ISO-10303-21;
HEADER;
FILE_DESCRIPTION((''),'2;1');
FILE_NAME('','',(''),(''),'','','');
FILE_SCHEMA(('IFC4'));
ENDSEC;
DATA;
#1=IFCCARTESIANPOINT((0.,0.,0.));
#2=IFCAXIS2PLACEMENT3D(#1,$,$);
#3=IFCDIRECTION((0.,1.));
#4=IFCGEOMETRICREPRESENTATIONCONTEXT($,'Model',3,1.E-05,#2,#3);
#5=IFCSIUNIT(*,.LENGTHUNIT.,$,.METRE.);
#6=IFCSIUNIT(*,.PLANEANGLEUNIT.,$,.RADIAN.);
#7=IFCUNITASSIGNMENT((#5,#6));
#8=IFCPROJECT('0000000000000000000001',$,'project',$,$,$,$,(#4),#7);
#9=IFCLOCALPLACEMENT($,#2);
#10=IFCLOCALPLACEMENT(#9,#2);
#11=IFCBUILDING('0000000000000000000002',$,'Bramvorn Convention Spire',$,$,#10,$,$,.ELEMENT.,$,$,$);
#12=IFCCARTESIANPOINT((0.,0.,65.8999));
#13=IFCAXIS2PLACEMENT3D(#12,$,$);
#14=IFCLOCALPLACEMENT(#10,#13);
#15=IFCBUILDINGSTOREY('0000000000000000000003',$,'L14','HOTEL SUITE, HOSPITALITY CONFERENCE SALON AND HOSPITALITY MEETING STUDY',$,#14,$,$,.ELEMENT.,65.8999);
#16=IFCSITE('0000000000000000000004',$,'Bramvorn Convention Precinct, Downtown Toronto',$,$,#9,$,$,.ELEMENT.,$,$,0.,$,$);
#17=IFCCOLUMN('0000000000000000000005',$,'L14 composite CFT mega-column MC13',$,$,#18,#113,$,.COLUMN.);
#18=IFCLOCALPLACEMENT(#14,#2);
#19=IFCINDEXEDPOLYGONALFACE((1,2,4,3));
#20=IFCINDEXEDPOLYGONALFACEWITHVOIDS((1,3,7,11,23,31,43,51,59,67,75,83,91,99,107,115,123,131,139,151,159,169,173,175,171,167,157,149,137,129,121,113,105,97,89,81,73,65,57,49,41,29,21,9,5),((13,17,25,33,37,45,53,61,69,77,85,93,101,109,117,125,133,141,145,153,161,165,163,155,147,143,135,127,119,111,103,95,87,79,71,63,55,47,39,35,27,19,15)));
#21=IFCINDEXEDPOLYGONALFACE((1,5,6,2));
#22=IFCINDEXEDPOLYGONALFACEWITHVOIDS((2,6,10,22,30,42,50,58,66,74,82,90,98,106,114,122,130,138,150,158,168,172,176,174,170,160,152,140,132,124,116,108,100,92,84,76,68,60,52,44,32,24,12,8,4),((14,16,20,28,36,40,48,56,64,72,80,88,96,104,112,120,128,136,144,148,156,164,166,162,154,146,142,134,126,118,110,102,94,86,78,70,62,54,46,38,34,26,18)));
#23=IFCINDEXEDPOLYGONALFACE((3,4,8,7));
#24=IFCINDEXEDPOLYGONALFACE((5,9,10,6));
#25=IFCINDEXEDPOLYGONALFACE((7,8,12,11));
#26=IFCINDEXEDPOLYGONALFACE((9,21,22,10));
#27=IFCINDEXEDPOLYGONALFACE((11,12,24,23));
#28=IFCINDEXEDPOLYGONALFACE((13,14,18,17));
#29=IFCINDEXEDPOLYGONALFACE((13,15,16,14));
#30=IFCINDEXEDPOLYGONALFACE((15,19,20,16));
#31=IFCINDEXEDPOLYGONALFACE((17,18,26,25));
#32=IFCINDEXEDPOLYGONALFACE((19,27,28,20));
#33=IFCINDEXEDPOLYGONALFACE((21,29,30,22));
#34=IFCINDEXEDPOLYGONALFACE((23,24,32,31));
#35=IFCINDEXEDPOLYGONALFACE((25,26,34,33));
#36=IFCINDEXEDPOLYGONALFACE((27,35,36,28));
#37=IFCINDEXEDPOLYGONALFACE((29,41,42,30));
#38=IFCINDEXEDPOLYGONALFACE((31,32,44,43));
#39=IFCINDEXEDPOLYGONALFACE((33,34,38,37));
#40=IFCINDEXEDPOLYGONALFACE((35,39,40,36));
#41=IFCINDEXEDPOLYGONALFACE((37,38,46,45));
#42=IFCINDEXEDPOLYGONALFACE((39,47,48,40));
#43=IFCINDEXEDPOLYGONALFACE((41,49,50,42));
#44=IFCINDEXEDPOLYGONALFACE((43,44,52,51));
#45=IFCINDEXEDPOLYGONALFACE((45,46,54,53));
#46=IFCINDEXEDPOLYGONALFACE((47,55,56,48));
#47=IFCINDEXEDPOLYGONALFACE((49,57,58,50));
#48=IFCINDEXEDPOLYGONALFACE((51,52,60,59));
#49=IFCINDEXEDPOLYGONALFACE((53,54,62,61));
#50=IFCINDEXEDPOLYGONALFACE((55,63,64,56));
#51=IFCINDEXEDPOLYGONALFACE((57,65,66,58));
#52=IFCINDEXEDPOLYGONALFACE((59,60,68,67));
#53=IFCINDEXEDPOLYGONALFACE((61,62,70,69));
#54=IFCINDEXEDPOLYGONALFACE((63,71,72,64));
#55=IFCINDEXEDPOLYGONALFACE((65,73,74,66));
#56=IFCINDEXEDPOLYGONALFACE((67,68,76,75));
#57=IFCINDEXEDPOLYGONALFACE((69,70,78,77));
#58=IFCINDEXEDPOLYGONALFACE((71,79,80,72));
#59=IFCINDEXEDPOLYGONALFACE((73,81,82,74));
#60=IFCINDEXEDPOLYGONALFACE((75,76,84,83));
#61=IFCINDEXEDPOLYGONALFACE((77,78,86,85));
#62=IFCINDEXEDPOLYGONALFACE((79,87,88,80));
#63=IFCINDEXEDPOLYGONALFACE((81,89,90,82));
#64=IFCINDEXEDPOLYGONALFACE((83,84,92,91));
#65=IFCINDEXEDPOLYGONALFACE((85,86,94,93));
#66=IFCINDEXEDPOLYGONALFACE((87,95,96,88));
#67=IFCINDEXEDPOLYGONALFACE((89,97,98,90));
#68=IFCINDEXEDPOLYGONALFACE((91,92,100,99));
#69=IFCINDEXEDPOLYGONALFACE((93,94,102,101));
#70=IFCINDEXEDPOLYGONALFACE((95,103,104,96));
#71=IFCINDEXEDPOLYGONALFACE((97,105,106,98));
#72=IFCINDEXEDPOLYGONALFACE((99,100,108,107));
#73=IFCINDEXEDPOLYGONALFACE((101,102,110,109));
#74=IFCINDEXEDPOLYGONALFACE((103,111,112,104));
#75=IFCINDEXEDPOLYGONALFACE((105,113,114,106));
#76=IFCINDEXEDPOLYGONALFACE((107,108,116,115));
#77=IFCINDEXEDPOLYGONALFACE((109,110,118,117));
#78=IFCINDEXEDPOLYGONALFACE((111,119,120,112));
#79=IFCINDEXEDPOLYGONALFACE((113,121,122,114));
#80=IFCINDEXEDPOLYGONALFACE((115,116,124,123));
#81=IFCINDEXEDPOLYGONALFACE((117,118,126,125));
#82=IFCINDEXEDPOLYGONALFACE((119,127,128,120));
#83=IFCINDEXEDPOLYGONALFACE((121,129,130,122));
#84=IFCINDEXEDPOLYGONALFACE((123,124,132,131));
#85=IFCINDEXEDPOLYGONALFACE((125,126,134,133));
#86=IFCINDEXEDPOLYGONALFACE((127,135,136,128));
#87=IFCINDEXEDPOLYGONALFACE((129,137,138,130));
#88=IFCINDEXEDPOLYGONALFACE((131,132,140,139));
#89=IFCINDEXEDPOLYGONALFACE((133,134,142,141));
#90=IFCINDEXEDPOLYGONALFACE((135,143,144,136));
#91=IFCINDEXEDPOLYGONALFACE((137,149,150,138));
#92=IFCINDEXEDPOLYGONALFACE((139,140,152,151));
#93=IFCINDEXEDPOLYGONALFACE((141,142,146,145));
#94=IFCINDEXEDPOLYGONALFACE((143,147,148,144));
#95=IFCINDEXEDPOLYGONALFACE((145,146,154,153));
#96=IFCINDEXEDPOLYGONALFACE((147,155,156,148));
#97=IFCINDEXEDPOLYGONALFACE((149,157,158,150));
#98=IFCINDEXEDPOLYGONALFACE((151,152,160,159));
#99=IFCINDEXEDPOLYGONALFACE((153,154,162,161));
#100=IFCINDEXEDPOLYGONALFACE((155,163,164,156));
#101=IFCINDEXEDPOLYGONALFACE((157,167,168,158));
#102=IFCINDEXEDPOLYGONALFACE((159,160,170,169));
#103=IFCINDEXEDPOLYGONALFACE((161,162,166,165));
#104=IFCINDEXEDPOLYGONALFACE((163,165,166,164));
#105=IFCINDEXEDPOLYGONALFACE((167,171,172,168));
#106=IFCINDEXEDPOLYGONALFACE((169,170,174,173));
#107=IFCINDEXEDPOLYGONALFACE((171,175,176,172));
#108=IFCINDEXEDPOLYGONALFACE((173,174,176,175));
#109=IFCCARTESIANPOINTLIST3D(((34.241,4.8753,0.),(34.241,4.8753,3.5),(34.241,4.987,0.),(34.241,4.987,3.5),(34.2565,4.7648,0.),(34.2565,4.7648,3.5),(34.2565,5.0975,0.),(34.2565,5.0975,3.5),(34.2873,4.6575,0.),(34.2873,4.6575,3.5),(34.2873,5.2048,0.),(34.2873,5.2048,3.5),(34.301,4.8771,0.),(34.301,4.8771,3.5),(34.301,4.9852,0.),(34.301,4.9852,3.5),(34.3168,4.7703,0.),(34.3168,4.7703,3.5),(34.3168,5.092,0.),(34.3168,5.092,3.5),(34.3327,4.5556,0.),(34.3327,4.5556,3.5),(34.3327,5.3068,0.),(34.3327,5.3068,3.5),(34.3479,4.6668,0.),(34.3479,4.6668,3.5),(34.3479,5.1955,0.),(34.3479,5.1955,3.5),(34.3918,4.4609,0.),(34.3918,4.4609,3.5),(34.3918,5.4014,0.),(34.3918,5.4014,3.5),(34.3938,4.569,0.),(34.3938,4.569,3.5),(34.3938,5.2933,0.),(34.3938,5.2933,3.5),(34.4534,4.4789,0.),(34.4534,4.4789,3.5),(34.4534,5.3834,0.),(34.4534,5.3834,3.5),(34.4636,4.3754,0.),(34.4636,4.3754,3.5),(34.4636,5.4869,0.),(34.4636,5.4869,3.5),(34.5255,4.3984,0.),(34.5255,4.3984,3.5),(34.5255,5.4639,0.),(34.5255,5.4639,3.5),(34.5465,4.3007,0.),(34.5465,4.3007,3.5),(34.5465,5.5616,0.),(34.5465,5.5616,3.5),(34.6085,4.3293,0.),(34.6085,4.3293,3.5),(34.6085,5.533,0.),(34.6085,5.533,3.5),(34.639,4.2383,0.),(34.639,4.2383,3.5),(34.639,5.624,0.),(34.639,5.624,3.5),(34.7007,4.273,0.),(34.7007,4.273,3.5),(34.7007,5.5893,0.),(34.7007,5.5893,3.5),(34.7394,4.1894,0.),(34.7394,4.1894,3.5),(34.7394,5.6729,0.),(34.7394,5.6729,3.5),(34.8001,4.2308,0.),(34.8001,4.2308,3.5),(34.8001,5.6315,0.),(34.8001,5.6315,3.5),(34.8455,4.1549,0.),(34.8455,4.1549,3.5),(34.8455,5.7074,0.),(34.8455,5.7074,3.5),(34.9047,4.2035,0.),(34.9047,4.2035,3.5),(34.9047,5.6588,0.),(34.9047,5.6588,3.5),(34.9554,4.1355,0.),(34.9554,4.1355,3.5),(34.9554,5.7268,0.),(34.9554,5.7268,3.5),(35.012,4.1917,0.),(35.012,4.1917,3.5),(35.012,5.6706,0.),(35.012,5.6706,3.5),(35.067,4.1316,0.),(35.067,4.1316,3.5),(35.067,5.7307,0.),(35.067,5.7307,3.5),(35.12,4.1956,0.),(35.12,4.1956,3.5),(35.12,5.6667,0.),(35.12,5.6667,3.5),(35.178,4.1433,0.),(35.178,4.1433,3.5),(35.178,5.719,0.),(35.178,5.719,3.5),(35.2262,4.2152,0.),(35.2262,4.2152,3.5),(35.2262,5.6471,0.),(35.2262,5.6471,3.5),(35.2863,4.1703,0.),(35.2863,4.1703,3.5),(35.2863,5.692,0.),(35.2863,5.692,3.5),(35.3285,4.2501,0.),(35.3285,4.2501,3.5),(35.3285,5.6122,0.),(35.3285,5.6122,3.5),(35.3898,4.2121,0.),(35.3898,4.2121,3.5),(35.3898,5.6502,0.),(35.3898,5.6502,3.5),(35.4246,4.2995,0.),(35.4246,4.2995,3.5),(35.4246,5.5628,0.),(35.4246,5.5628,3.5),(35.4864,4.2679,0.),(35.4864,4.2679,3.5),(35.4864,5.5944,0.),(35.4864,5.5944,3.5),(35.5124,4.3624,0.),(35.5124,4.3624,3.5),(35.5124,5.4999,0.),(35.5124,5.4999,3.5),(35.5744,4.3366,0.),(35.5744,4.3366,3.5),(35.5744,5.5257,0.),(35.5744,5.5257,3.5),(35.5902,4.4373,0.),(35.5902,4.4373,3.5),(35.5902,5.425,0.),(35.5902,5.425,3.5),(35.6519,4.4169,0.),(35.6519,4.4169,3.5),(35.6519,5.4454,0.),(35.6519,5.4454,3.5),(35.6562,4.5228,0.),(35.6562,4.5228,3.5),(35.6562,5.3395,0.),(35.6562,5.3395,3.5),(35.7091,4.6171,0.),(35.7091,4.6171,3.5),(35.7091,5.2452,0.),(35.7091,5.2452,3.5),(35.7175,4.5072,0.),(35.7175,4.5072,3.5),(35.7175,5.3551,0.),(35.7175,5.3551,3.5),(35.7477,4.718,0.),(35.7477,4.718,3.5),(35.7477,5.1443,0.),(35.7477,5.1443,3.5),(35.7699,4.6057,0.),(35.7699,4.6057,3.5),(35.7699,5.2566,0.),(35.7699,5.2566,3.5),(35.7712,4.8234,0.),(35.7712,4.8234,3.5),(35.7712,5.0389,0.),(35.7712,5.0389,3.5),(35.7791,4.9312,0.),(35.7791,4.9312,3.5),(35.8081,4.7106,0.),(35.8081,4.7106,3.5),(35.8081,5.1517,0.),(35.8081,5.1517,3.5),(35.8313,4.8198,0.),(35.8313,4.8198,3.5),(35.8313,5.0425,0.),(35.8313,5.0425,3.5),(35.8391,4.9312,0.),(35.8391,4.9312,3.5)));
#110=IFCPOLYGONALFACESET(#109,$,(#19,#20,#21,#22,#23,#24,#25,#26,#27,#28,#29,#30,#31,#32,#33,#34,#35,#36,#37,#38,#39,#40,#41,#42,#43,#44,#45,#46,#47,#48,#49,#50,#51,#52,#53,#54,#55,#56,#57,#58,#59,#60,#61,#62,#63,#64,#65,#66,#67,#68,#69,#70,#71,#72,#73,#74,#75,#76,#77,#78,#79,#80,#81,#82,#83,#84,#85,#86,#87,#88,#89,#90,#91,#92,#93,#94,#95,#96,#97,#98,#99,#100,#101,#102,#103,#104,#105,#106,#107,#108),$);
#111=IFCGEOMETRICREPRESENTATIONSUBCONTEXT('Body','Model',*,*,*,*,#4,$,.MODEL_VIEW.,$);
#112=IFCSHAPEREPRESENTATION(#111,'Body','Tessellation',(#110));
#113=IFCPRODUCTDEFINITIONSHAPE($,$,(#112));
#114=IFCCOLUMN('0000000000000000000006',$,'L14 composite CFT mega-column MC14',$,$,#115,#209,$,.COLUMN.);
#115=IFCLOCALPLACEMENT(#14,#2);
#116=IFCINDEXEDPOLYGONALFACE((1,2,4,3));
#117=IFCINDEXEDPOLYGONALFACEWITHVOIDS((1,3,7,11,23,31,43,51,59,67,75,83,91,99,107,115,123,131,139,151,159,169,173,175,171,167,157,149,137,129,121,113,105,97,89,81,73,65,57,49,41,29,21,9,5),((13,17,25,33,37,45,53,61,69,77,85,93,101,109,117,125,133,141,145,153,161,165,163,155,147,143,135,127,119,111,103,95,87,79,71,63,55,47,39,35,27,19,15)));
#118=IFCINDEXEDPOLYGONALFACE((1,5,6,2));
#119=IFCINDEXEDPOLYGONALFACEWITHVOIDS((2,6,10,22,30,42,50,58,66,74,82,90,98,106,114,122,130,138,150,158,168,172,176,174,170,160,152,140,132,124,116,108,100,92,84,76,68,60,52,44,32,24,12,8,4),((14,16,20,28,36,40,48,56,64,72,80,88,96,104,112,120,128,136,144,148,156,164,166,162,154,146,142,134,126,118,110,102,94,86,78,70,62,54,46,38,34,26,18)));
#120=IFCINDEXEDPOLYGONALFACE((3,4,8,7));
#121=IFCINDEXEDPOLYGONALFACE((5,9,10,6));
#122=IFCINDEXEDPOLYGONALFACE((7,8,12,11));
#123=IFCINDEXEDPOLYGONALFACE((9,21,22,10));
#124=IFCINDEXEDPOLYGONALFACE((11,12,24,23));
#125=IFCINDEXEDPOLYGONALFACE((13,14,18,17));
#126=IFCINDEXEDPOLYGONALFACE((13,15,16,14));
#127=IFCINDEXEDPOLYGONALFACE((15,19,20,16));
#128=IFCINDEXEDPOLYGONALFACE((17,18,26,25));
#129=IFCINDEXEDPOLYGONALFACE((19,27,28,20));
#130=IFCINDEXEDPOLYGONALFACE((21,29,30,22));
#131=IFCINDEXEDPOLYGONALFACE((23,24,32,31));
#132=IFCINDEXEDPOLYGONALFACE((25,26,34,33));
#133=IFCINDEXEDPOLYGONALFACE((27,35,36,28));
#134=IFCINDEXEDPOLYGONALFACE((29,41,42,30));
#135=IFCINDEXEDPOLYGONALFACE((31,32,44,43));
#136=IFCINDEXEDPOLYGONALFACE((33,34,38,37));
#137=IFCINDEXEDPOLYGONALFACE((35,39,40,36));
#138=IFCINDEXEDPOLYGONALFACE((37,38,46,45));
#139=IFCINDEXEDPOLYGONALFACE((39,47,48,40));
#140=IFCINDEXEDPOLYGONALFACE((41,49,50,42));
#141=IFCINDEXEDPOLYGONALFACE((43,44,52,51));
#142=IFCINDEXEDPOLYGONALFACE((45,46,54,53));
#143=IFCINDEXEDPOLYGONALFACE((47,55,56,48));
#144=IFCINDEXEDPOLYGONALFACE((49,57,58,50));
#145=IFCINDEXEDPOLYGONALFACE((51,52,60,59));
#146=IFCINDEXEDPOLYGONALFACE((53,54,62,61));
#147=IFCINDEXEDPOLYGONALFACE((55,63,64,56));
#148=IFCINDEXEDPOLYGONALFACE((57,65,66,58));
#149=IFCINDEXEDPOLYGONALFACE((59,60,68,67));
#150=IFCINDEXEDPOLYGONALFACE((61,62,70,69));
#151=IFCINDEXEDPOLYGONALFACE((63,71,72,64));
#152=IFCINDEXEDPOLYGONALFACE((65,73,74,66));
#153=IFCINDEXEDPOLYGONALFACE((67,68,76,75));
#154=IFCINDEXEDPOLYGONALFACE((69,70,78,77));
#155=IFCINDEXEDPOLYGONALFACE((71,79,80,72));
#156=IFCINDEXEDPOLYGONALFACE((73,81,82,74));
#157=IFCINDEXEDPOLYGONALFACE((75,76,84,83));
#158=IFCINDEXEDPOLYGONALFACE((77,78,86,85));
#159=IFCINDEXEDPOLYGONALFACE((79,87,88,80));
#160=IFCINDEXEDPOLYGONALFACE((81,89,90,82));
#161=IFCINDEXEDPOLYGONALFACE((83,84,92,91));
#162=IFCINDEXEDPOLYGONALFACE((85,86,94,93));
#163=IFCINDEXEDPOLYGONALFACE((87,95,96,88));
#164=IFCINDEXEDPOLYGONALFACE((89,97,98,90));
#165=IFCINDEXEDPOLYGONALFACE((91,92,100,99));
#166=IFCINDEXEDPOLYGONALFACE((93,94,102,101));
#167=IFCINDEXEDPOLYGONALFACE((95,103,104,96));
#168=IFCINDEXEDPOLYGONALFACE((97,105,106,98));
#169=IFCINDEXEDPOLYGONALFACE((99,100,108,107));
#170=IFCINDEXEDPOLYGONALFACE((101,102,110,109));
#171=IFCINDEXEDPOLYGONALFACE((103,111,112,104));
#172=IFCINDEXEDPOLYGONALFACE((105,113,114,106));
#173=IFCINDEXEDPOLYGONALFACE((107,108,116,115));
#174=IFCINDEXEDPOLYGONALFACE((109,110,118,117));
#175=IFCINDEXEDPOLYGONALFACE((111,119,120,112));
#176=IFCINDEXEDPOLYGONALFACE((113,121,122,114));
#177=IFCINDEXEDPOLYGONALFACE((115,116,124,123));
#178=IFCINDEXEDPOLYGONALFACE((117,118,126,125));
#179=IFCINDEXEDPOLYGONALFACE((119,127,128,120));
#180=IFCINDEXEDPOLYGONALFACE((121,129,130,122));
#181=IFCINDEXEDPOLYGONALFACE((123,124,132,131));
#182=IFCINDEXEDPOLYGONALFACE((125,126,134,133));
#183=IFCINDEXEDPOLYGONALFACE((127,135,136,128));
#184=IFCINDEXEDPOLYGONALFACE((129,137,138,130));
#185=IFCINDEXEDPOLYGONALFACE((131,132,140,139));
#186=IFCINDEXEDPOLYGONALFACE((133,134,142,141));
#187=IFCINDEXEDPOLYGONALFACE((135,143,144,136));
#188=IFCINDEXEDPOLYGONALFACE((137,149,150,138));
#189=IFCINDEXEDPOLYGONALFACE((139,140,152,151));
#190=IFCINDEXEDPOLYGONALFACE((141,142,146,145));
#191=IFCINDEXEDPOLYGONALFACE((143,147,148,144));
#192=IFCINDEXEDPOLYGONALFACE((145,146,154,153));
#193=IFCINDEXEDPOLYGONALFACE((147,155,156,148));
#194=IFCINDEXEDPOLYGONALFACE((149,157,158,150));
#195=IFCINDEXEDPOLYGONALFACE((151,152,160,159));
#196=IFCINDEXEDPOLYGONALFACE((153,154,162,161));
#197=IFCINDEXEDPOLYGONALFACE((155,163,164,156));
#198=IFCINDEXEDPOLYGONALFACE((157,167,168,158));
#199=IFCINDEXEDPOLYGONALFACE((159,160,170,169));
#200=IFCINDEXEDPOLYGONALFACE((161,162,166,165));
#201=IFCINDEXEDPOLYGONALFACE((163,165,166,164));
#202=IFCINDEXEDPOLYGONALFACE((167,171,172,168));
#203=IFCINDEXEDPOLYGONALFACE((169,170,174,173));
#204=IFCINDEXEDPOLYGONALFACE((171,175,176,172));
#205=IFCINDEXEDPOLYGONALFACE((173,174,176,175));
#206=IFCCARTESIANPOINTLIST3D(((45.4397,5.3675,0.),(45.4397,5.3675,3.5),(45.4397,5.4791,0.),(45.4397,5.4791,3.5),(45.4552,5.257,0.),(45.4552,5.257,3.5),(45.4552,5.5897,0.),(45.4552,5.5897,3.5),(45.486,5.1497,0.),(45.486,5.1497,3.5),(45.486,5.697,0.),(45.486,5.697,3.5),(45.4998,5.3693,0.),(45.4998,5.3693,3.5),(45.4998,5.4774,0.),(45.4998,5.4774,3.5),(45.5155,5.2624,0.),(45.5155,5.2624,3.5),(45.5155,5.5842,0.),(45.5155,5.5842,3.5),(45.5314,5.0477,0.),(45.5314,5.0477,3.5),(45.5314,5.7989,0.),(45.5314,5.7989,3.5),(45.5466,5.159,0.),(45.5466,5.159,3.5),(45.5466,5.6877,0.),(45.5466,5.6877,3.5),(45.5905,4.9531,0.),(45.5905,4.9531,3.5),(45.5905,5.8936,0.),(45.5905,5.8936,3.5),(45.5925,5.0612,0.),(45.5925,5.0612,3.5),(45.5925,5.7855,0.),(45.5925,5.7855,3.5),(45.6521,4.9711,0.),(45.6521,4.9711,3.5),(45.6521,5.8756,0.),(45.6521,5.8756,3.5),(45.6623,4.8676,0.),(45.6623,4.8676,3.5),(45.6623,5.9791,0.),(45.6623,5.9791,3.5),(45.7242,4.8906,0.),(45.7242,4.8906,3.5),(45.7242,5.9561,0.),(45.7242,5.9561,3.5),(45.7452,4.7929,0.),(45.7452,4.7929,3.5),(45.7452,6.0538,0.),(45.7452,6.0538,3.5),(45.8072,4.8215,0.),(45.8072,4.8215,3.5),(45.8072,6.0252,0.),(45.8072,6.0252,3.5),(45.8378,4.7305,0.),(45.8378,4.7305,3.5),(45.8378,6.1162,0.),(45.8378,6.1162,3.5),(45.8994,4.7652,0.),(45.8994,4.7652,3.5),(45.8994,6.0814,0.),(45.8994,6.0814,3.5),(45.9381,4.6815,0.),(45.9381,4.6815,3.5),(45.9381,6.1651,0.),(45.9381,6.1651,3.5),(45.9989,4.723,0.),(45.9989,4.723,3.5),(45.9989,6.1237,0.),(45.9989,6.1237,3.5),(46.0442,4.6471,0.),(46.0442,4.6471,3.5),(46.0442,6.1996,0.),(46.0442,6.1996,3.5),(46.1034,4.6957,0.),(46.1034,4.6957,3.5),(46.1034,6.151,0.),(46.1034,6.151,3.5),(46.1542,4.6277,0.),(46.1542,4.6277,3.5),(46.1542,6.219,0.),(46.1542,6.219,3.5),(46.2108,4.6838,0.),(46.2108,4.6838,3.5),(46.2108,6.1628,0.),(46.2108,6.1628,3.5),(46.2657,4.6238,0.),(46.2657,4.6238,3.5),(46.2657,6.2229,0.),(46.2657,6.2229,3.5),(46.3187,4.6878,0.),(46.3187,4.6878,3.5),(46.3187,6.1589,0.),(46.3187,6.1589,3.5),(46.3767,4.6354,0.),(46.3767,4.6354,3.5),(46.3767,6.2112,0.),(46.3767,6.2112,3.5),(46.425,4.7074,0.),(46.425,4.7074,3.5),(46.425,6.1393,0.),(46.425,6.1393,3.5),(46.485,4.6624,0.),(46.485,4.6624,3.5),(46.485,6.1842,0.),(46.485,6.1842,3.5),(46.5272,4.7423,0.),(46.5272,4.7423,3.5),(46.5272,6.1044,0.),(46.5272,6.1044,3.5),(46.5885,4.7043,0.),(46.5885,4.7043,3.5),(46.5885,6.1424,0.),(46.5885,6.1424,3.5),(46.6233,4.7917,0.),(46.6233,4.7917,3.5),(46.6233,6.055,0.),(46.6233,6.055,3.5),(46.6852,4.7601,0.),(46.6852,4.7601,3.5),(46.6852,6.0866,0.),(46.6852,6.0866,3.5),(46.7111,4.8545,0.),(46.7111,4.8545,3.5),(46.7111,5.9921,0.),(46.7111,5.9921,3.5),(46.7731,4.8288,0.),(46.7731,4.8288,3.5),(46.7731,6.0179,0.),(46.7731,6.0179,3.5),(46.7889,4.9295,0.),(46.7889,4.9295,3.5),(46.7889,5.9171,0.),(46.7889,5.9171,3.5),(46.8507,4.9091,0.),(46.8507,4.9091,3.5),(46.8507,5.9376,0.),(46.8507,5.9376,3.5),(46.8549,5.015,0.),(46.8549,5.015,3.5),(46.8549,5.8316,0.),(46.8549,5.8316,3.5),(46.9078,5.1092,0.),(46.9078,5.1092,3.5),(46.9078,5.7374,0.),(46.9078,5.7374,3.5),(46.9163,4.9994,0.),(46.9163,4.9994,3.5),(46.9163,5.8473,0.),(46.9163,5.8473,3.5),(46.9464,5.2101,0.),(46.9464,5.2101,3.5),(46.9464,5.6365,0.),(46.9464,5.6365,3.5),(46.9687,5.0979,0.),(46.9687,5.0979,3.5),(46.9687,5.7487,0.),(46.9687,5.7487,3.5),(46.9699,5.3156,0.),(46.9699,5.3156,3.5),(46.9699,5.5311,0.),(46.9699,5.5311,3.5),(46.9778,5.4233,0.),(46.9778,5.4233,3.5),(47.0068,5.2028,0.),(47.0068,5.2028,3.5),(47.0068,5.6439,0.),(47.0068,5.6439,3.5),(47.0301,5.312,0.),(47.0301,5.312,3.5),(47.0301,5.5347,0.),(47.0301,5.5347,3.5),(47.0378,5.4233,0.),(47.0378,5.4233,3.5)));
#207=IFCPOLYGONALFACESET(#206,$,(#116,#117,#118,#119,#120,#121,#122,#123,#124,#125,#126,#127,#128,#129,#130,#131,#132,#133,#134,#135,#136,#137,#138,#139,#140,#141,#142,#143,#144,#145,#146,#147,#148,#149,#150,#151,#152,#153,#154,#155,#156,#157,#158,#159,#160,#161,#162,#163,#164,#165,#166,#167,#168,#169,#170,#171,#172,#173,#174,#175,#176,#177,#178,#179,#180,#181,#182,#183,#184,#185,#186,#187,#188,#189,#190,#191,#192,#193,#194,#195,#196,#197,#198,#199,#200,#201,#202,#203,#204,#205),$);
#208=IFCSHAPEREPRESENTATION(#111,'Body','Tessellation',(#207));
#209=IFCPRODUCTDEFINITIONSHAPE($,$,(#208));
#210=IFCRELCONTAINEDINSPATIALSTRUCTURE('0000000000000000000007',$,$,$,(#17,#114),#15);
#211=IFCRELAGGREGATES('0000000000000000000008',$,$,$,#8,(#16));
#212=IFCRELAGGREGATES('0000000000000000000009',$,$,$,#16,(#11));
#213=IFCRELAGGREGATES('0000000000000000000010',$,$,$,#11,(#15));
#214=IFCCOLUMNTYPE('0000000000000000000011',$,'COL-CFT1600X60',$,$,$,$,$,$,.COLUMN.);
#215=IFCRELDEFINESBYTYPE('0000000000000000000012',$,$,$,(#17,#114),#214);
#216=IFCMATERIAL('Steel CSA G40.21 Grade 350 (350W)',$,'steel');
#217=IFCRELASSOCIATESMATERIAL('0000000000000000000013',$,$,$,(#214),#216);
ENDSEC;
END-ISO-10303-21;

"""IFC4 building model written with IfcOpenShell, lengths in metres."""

from ifc_helpers import new_model, si_unit, direction, frame, origin, origin_2d, place, context, subcontext, project, spatial, hollow_circle, extrude, material, material_profile, profile_set, type_object, element, save


model = new_model("IFC4")

# Units and contexts
model_context = context("Model", 3, precision=1e-05, world=origin(), true_north=direction((0.0, 1.0)))
body_context = subcontext(model_context, "Body", "Model", "MODEL_VIEW")
ifc_project = project(units=[si_unit("LENGTHUNIT", "METRE"), si_unit("PLANEANGLEUNIT", "RADIAN")], contexts=[model_context])

# Site, building, storey
site_placement = place(None, origin())
site = spatial("IfcSite", under=ifc_project, at=site_placement, Name="Bramvorn Convention Precinct, Downtown Toronto", CompositionType="ELEMENT", RefElevation=0.0)
building_placement = place(site_placement, origin())
building = spatial("IfcBuilding", under=site, at=building_placement, Name="Bramvorn Convention Spire", CompositionType="ELEMENT")
storey_placement = place(building_placement, frame((0.0, 0.0, 65.8999)))
storey = spatial("IfcBuildingStorey", under=building, at=storey_placement, Name="L14", Description="HOTEL SUITE, HOSPITALITY CONFERENCE SALON AND HOSPITALITY MEETING STUDY", CompositionType="ELEMENT", Elevation=65.8999)

# Columns
ifc_material_1 = material(Name="Steel CSA G40.21 Grade 350 (350W)", Category="steel")
ifc_material_profile_1 = material_profile(ifc_material_1, hollow_circle(Radius=0.8, WallThickness=0.0601, at=origin_2d()))
ifc_profile_set_1 = profile_set([ifc_material_profile_1], Name="Steel CSA G40.21 Grade 350 (350W) - CFT1600X60")
column_type = type_object("IfcColumnType", Name="COL-CFT1600X60", PredefinedType="COLUMN", material=ifc_profile_set_1)
for number, where, z_axis, x_axis, name in (
    (1, (35.0391, 4.9312, 0.0), (0.0, 0.0, 1.0), (1.0, 0.0, 0.0), "L14 composite CFT mega-column MC13"),
    (2, (46.2378, 5.4233, 0.0), (0.0, 0.0, 1.0), (1.0, 0.0, 0.0), "L14 composite CFT mega-column MC14"),
):
    element("IfcColumn", number, at=place(storey_placement, frame(where, z_axis=z_axis, x_axis=x_axis)), inside=storey, type_object=column_type, Name=name, PredefinedType="COLUMN", context=body_context, shape_type="SweptSolid", body=[
        extrude(hollow_circle(Radius=0.8, WallThickness=0.0601, at=origin_2d()), origin(), (0.0, 0.0, 1.0), 3.5),
    ])

save(model, "model.ifc")
